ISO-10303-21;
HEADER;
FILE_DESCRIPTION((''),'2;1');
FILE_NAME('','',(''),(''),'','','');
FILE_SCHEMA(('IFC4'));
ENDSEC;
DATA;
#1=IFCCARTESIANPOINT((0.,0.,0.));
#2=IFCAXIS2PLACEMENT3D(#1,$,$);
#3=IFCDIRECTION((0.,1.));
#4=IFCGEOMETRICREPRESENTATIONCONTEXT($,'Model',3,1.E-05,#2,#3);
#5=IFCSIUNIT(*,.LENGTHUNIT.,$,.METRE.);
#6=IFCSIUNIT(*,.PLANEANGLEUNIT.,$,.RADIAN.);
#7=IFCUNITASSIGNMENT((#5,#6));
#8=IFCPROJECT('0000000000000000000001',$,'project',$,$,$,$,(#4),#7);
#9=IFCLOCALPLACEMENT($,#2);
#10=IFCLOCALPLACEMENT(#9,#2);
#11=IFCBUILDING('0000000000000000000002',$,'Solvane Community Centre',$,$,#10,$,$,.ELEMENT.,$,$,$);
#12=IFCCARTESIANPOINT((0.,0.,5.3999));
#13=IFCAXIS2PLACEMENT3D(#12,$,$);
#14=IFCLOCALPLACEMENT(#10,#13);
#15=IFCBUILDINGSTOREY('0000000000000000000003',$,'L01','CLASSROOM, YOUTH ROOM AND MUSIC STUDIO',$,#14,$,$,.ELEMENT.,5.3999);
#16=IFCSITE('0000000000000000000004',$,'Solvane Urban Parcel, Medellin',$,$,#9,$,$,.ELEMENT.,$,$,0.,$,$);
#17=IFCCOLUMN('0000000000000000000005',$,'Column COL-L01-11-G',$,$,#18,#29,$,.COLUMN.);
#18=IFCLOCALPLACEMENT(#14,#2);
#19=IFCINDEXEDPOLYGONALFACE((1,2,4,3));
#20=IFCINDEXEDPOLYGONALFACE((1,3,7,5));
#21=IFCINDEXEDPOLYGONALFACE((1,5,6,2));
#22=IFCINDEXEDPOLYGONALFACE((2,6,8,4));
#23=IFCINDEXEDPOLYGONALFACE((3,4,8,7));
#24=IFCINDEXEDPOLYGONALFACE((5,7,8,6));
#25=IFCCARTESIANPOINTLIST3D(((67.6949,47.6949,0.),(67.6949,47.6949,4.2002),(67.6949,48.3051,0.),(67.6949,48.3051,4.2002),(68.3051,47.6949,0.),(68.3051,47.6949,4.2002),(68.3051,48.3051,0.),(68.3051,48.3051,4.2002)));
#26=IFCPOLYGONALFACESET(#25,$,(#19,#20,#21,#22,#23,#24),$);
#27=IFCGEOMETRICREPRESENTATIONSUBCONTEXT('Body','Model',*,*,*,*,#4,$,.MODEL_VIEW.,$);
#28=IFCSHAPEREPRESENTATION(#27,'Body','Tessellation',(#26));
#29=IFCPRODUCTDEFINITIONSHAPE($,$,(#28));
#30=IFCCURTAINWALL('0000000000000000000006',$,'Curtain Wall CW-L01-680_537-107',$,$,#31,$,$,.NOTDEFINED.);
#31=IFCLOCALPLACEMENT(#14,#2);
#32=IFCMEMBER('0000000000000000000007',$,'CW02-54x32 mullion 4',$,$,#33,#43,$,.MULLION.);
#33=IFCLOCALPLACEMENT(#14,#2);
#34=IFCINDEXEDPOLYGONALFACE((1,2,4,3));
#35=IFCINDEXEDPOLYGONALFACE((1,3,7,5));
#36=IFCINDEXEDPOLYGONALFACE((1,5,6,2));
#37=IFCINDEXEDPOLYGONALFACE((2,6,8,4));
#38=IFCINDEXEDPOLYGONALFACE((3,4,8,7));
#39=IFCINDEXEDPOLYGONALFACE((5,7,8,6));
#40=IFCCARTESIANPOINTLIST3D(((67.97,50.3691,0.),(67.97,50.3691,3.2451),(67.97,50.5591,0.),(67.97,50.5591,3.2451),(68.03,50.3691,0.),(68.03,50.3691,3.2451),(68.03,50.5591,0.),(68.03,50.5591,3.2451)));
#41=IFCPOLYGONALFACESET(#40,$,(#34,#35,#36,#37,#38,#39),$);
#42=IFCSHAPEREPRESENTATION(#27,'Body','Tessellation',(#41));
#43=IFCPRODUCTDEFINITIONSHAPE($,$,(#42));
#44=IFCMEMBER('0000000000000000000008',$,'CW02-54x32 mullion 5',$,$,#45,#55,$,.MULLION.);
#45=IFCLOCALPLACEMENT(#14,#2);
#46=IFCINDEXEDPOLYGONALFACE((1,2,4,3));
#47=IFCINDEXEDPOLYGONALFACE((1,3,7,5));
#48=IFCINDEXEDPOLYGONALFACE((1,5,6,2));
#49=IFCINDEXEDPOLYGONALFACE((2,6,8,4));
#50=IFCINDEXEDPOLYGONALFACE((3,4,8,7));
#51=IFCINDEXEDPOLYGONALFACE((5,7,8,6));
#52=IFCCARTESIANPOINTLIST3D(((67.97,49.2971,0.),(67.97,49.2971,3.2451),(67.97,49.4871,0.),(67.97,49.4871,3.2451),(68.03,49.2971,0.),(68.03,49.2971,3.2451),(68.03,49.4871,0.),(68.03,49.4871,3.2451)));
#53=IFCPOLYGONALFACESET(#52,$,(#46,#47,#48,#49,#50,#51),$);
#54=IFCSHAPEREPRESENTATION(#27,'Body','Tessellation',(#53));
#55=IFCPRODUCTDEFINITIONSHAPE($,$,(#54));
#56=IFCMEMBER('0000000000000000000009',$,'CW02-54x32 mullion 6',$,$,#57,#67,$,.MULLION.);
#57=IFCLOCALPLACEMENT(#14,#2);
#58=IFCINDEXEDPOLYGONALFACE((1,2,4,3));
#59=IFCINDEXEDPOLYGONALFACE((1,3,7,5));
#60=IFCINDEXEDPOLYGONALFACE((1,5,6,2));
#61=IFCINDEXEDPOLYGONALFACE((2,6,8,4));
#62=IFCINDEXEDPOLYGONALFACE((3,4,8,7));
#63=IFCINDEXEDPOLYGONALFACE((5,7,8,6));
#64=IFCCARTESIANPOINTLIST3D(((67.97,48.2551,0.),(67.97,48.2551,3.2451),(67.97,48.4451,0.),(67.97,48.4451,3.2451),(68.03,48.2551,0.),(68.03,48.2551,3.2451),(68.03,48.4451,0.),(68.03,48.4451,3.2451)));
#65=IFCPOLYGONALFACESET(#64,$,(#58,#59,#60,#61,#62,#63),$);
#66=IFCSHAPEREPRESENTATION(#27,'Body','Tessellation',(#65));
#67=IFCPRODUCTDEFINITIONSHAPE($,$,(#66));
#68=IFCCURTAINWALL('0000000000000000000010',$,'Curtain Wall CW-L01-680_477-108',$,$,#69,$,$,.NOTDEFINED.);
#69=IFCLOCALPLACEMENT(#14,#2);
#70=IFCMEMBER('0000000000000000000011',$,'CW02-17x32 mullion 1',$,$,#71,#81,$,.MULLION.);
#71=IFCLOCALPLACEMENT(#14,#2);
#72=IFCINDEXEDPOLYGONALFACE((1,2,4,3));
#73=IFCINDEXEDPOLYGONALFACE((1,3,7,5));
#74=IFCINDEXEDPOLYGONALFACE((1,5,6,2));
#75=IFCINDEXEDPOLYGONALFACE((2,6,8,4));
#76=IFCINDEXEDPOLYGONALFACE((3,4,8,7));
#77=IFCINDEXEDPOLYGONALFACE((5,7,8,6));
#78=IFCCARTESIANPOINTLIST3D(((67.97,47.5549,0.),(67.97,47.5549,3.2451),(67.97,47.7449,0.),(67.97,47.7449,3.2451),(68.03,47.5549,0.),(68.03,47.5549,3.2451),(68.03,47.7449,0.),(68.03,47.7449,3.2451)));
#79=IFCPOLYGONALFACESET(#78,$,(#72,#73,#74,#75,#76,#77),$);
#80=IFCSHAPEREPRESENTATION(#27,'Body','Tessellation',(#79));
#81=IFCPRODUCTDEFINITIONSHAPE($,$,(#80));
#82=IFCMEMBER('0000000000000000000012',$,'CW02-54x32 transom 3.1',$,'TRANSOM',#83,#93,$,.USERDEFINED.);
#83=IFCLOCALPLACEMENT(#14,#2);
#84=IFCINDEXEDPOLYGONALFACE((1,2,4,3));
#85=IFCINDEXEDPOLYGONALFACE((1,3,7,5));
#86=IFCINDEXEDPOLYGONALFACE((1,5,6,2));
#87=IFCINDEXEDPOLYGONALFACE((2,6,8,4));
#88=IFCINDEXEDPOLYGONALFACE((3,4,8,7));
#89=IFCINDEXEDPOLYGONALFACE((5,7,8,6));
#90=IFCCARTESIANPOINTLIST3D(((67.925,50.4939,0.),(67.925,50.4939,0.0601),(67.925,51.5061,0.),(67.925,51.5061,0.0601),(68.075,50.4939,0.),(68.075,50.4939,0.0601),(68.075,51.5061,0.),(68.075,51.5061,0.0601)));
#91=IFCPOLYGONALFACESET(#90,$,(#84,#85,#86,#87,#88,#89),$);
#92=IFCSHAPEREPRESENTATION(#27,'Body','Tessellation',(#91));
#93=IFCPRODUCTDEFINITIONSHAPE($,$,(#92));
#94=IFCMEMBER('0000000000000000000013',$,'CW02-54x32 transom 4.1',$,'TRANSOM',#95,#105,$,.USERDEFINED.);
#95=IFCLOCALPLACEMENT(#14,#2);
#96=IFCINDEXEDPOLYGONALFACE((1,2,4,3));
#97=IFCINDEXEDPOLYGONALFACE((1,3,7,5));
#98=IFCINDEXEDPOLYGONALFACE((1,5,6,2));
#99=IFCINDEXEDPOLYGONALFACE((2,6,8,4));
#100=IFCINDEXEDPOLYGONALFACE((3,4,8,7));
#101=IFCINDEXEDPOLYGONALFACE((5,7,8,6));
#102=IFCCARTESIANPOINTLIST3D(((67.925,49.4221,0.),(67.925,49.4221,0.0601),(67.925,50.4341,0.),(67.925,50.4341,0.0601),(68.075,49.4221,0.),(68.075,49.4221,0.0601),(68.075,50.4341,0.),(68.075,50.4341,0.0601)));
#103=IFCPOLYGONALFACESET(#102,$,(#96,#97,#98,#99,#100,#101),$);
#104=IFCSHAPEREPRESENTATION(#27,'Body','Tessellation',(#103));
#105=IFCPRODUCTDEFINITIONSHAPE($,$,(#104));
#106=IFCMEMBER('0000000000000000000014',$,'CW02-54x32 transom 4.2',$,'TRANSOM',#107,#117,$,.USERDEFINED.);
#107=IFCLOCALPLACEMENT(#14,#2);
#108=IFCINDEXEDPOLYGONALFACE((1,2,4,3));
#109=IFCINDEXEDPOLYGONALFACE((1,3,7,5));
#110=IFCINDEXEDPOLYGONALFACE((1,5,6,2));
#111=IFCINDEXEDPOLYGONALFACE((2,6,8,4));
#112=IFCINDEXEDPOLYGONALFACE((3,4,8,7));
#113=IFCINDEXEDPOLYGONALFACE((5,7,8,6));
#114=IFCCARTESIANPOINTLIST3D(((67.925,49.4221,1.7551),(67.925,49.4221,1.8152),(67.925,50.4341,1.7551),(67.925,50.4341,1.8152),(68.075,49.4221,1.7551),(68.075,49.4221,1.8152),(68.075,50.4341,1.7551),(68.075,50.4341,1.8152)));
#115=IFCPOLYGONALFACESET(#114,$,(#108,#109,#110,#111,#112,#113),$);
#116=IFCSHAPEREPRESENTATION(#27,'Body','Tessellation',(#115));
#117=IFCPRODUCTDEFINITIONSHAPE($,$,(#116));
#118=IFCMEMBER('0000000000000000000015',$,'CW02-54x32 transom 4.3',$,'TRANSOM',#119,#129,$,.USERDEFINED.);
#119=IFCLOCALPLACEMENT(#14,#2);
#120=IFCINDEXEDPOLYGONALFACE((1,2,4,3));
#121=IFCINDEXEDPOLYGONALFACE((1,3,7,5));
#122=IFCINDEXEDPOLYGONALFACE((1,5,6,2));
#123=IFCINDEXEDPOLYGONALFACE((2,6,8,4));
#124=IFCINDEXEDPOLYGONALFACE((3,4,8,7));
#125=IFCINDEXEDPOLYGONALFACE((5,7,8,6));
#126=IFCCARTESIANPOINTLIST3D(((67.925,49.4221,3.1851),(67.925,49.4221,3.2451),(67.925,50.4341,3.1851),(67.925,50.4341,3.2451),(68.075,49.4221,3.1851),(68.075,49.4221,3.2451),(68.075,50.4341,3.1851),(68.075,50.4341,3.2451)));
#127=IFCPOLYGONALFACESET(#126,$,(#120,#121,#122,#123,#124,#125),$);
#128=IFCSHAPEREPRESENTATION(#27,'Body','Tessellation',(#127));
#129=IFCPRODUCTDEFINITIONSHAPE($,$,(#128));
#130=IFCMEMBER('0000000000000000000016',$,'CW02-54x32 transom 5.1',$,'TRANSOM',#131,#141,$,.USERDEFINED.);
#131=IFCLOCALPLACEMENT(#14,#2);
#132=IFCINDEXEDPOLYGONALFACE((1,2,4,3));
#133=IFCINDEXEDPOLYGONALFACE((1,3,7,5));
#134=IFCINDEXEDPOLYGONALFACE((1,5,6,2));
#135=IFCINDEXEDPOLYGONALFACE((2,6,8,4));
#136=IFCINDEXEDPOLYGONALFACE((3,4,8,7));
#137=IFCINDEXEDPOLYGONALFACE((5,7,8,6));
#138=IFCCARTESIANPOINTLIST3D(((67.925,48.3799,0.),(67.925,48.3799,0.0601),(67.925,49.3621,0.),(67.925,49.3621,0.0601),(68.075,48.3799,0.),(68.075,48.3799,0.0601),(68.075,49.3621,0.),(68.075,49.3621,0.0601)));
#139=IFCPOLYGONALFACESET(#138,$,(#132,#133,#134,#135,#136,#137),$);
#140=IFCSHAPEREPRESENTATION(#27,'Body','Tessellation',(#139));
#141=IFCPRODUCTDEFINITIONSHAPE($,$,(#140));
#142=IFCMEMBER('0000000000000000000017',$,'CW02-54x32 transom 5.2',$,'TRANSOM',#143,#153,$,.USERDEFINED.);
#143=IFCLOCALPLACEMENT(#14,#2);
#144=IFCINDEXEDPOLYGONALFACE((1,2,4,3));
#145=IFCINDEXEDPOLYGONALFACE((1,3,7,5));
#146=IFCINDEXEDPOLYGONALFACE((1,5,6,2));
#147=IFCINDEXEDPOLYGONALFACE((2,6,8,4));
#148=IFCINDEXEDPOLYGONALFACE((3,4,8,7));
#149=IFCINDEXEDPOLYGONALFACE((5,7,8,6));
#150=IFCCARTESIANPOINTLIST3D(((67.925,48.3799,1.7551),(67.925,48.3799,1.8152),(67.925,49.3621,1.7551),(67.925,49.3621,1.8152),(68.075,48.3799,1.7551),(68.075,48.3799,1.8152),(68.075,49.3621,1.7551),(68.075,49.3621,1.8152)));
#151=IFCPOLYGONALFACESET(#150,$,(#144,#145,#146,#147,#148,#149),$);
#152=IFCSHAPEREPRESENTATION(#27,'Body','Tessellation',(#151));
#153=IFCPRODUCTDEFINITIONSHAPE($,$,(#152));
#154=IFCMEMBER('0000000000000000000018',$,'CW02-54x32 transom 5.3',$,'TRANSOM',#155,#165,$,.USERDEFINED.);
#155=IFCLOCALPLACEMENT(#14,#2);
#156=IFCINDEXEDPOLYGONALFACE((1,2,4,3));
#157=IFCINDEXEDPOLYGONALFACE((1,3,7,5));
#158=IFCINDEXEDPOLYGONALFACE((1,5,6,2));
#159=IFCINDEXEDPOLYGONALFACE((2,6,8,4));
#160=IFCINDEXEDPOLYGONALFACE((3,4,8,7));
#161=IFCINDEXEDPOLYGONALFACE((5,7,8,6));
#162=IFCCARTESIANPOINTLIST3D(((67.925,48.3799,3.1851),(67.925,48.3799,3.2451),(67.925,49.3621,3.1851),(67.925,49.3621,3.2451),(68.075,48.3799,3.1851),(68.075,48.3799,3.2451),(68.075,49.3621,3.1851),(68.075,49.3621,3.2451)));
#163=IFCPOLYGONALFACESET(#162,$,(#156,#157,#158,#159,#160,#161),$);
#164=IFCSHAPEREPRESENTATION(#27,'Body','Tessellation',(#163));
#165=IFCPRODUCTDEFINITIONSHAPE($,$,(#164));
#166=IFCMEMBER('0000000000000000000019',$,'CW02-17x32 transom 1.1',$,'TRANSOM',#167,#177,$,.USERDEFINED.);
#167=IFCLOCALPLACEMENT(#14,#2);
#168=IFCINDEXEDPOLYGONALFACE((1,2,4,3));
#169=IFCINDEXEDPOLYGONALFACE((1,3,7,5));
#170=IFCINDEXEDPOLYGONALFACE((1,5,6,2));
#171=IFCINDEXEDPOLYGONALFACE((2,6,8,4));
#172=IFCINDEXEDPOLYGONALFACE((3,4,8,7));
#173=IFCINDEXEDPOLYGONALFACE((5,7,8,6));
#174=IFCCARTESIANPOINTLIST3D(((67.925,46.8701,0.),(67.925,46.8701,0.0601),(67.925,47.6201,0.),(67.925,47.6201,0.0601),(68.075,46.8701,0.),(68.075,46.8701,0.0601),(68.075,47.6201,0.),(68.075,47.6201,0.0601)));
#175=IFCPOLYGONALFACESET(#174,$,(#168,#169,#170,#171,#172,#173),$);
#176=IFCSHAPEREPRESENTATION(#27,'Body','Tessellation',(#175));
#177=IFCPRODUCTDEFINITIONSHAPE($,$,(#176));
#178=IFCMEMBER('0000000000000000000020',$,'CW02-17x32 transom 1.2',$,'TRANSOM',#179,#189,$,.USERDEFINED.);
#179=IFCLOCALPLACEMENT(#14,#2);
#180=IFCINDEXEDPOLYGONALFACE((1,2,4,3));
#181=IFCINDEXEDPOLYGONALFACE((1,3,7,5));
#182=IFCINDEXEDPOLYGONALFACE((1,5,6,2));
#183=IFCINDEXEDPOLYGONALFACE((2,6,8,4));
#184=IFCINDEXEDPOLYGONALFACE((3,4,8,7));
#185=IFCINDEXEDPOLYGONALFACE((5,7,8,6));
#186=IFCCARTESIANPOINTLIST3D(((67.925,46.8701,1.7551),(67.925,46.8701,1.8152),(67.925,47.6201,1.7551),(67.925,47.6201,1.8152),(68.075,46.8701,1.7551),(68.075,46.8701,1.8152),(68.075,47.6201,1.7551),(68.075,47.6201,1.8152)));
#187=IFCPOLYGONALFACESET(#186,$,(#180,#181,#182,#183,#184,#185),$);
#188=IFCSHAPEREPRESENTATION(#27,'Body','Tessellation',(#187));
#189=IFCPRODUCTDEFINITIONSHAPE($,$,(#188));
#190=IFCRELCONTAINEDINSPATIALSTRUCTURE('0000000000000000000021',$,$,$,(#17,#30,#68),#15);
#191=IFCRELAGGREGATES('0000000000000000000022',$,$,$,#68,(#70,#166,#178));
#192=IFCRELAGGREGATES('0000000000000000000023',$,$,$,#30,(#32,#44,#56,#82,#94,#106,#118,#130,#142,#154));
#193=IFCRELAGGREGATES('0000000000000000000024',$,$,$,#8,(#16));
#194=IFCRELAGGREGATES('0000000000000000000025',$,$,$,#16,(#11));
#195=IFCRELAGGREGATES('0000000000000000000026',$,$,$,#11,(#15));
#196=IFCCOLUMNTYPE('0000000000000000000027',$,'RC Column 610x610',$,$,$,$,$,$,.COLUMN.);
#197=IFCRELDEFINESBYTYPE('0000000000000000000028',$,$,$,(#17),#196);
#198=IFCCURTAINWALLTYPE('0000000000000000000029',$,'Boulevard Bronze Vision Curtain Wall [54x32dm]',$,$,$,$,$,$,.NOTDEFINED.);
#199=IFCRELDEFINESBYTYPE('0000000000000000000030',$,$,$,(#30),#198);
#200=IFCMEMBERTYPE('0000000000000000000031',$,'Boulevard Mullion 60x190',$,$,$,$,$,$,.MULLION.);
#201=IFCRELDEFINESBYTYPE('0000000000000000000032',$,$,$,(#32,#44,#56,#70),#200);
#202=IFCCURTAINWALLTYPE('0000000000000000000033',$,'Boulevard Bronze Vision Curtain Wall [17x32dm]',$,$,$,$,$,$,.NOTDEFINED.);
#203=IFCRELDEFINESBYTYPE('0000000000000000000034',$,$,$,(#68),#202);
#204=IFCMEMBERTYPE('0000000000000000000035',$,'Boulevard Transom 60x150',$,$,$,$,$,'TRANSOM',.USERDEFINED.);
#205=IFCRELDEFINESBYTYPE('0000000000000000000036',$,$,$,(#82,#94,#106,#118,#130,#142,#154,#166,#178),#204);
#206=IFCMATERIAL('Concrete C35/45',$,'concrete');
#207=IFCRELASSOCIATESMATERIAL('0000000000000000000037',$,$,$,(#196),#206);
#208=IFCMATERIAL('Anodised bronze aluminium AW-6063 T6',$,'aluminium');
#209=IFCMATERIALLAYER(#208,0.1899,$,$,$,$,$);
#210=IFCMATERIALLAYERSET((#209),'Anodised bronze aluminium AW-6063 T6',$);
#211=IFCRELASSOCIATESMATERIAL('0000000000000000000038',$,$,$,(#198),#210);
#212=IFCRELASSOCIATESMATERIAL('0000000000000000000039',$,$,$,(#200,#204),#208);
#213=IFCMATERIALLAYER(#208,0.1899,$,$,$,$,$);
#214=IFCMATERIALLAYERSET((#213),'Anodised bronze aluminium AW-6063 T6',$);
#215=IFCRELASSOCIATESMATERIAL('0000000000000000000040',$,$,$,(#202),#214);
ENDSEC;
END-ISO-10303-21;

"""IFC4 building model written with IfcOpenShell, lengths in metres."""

from ifc_helpers import new_model, si_unit, direction, frame, origin, origin_2d, place, context, subcontext, project, spatial, rectangle, extrude, material, layer, layer_set, material_profile, profile_set, type_object, element, aggregate, save


model = new_model("IFC4")

# Units and contexts
model_context = context("Model", 3, precision=1e-05, world=origin(), true_north=direction((0.0, 1.0)))
body_context = subcontext(model_context, "Body", "Model", "MODEL_VIEW")
ifc_project = project(units=[si_unit("LENGTHUNIT", "METRE"), si_unit("PLANEANGLEUNIT", "RADIAN")], contexts=[model_context])

# Site, building, storey
site_placement = place(None, origin())
site = spatial("IfcSite", under=ifc_project, at=site_placement, Name="Solvane Urban Parcel, Medellin", CompositionType="ELEMENT", RefElevation=0.0)
building_placement = place(site_placement, origin())
building = spatial("IfcBuilding", under=site, at=building_placement, Name="Solvane Community Centre", CompositionType="ELEMENT")
storey_placement = place(building_placement, frame((0.0, 0.0, 5.3999)))
storey = spatial("IfcBuildingStorey", under=building, at=storey_placement, Name="L01", Description="CLASSROOM, YOUTH ROOM AND MUSIC STUDIO", CompositionType="ELEMENT", Elevation=5.3999)

# Column
ifc_material_1 = material(Name="Concrete C35/45", Category="concrete")
ifc_material_profile_1 = material_profile(ifc_material_1, rectangle(XDim=0.6101, YDim=0.6101, at=origin_2d()), Name="RC 610x610")
ifc_profile_set_1 = profile_set([ifc_material_profile_1], Name="Concrete C35/45")
column_type = type_object("IfcColumnType", Name="RC Column 610x610", PredefinedType="COLUMN", material=ifc_profile_set_1)
column_placement = place(storey_placement, frame((68.0, 48.0, 0.0), z_axis=(0.0, 0.0, 1.0), x_axis=(1.0, 0.0, 0.0)))
element("IfcColumn", 1, at=column_placement, inside=storey, type_object=column_type, Name="Column COL-L01-11-G", PredefinedType="COLUMN", context=body_context, shape_type="SweptSolid", body=[
    extrude(rectangle(XDim=0.6101, YDim=0.6101, at=origin_2d()), origin(), (0.0, 0.0, 1.0), 4.2002),
])

# Curtain wall, members
ifc_material_2 = material(Name="Anodised bronze aluminium AW-6063 T6", Category="aluminium")
ifc_layer_1 = layer(ifc_material_2, 0.1899)
ifc_layer_set_1 = layer_set([ifc_layer_1], Name="Anodised bronze aluminium AW-6063 T6")
curtain_wall_type_1 = type_object("IfcCurtainWallType", Name="Boulevard Bronze Vision Curtain Wall [54x32dm]", PredefinedType="NOTDEFINED", material=ifc_layer_set_1)
curtain_wall_1_placement = place(storey_placement, origin())
curtain_wall_1 = element("IfcCurtainWall", 2, at=curtain_wall_1_placement, inside=storey, type_object=curtain_wall_type_1, Name="Curtain Wall CW-L01-680_537-107", PredefinedType="NOTDEFINED")
ifc_material_profile_2 = material_profile(ifc_material_2, rectangle(XDim=0.0601, YDim=0.1899, at=origin_2d()), Name="CW-M 60x190")
ifc_profile_set_2 = profile_set([ifc_material_profile_2], Name="Anodised bronze aluminium AW-6063 T6")
member_type_1 = type_object("IfcMemberType", Name="Boulevard Mullion 60x190", PredefinedType="MULLION", material=ifc_profile_set_2)
member_1_placement = place(storey_placement, frame((68.0, 50.4641, 0.0), z_axis=(0.0, 0.0, 1.0), x_axis=(1.0, 0.0, 0.0)))
member_1 = element("IfcMember", 3, at=member_1_placement, type_object=member_type_1, Name="CW02-54x32 mullion 4", PredefinedType="MULLION", context=body_context, shape_type="SweptSolid", body=[
    extrude(rectangle(XDim=0.0601, YDim=0.1899, at=origin_2d()), origin(), (0.0, 0.0, 1.0), 3.2451),
])
member_2_placement = place(storey_placement, frame((68.0, 49.3921, 0.0), z_axis=(0.0, 0.0, 1.0), x_axis=(1.0, 0.0, 0.0)))
member_2 = element("IfcMember", 4, at=member_2_placement, type_object=member_type_1, Name="CW02-54x32 mullion 5", PredefinedType="MULLION", context=body_context, shape_type="SweptSolid", body=[
    extrude(rectangle(XDim=0.0601, YDim=0.1899, at=origin_2d()), origin(), (0.0, 0.0, 1.0), 3.2451),
])
member_3_placement = place(storey_placement, frame((68.0, 48.3501, 0.0), z_axis=(0.0, 0.0, 1.0), x_axis=(1.0, 0.0, 0.0)))
member_3 = element("IfcMember", 5, at=member_3_placement, type_object=member_type_1, Name="CW02-54x32 mullion 6", PredefinedType="MULLION", context=body_context, shape_type="SweptSolid", body=[
    extrude(rectangle(XDim=0.0601, YDim=0.1899, at=origin_2d()), origin(), (0.0, 0.0, 1.0), 3.2451),
])

# Curtain wall, member
ifc_layer_2 = layer(ifc_material_2, 0.1899)
ifc_layer_set_2 = layer_set([ifc_layer_2], Name="Anodised bronze aluminium AW-6063 T6")
curtain_wall_type_2 = type_object("IfcCurtainWallType", Name="Boulevard Bronze Vision Curtain Wall [17x32dm]", PredefinedType="NOTDEFINED", material=ifc_layer_set_2)
curtain_wall_2_placement = place(storey_placement, origin())
curtain_wall_2 = element("IfcCurtainWall", 6, at=curtain_wall_2_placement, inside=storey, type_object=curtain_wall_type_2, Name="Curtain Wall CW-L01-680_477-108", PredefinedType="NOTDEFINED")
member_4_placement = place(storey_placement, frame((68.0, 47.6499, 0.0), z_axis=(0.0, 0.0, 1.0), x_axis=(1.0, 0.0, 0.0)))
member_4 = element("IfcMember", 7, at=member_4_placement, type_object=member_type_1, Name="CW02-17x32 mullion 1", PredefinedType="MULLION", context=body_context, shape_type="SweptSolid", body=[
    extrude(rectangle(XDim=0.0601, YDim=0.1899, at=origin_2d()), origin(), (0.0, 0.0, 1.0), 3.2451),
])

# Members
ifc_material_profile_3 = material_profile(ifc_material_2, rectangle(XDim=0.1499, YDim=0.0601, at=origin_2d()), Name="CW-T 60x150")
ifc_profile_set_3 = profile_set([ifc_material_profile_3], Name="Anodised bronze aluminium AW-6063 T6")
member_type_2 = type_object("IfcMemberType", Name="Boulevard Transom 60x150", ElementType="TRANSOM", PredefinedType="USERDEFINED", material=ifc_profile_set_3)
member_5_placement = place(storey_placement, frame((68.0, 51.5061, 0.03), z_axis=(0.0, -1.0, 0.0), x_axis=(1.0, 0.0, 0.0)))
member_5 = element("IfcMember", 8, at=member_5_placement, type_object=member_type_2, Name="CW02-54x32 transom 3.1", ObjectType="TRANSOM", PredefinedType="USERDEFINED", context=body_context, shape_type="SweptSolid", body=[
    extrude(rectangle(XDim=0.1499, YDim=0.0601, at=origin_2d()), origin(), (0.0, 0.0, 1.0), 1.0122),
])
member_6_placement = place(storey_placement, frame((68.0, 50.4341, 0.03), z_axis=(0.0, -1.0, 0.0), x_axis=(1.0, 0.0, 0.0)))
member_6 = element("IfcMember", 9, at=member_6_placement, type_object=member_type_2, Name="CW02-54x32 transom 4.1", ObjectType="TRANSOM", PredefinedType="USERDEFINED", context=body_context, shape_type="SweptSolid", body=[
    extrude(rectangle(XDim=0.1499, YDim=0.0601, at=origin_2d()), origin(), (0.0, 0.0, 1.0), 1.012),
])
member_7_placement = place(storey_placement, frame((68.0, 50.4341, 1.7852), z_axis=(0.0, -1.0, 0.0), x_axis=(1.0, 0.0, 0.0)))
member_7 = element("IfcMember", 10, at=member_7_placement, type_object=member_type_2, Name="CW02-54x32 transom 4.2", ObjectType="TRANSOM", PredefinedType="USERDEFINED", context=body_context, shape_type="SweptSolid", body=[
    extrude(rectangle(XDim=0.1499, YDim=0.0601, at=origin_2d()), origin(), (0.0, 0.0, 1.0), 1.012),
])
member_8_placement = place(storey_placement, frame((68.0, 50.4341, 3.2151), z_axis=(0.0, -1.0, 0.0), x_axis=(1.0, 0.0, 0.0)))
member_8 = element("IfcMember", 11, at=member_8_placement, type_object=member_type_2, Name="CW02-54x32 transom 4.3", ObjectType="TRANSOM", PredefinedType="USERDEFINED", context=body_context, shape_type="SweptSolid", body=[
    extrude(rectangle(XDim=0.1499, YDim=0.0601, at=origin_2d()), origin(), (0.0, 0.0, 1.0), 1.012),
])
member_9_placement = place(storey_placement, frame((68.0, 49.3621, 0.03), z_axis=(0.0, -1.0, 0.0), x_axis=(1.0, 0.0, 0.0)))
member_9 = element("IfcMember", 12, at=member_9_placement, type_object=member_type_2, Name="CW02-54x32 transom 5.1", ObjectType="TRANSOM", PredefinedType="USERDEFINED", context=body_context, shape_type="SweptSolid", body=[
    extrude(rectangle(XDim=0.1499, YDim=0.0601, at=origin_2d()), origin(), (0.0, 0.0, 1.0), 0.9822),
])
member_10_placement = place(storey_placement, frame((68.0, 49.3621, 1.7852), z_axis=(0.0, -1.0, 0.0), x_axis=(1.0, 0.0, 0.0)))
member_10 = element("IfcMember", 13, at=member_10_placement, type_object=member_type_2, Name="CW02-54x32 transom 5.2", ObjectType="TRANSOM", PredefinedType="USERDEFINED", context=body_context, shape_type="SweptSolid", body=[
    extrude(rectangle(XDim=0.1499, YDim=0.0601, at=origin_2d()), origin(), (0.0, 0.0, 1.0), 0.9822),
])
member_11_placement = place(storey_placement, frame((68.0, 49.3621, 3.2151), z_axis=(0.0, -1.0, 0.0), x_axis=(1.0, 0.0, 0.0)))
member_11 = element("IfcMember", 14, at=member_11_placement, type_object=member_type_2, Name="CW02-54x32 transom 5.3", ObjectType="TRANSOM", PredefinedType="USERDEFINED", context=body_context, shape_type="SweptSolid", body=[
    extrude(rectangle(XDim=0.1499, YDim=0.0601, at=origin_2d()), origin(), (0.0, 0.0, 1.0), 0.9822),
])
member_12_placement = place(storey_placement, frame((68.0, 47.6201, 0.03), z_axis=(0.0, -1.0, 0.0), x_axis=(1.0, 0.0, 0.0)))
member_12 = element("IfcMember", 15, at=member_12_placement, type_object=member_type_2, Name="CW02-17x32 transom 1.1", ObjectType="TRANSOM", PredefinedType="USERDEFINED", context=body_context, shape_type="SweptSolid", body=[
    extrude(rectangle(XDim=0.1499, YDim=0.0601, at=origin_2d()), origin(), (0.0, 0.0, 1.0), 0.75),
])
member_13_placement = place(storey_placement, frame((68.0, 47.6201, 1.7852), z_axis=(0.0, -1.0, 0.0), x_axis=(1.0, 0.0, 0.0)))
member_13 = element("IfcMember", 16, at=member_13_placement, type_object=member_type_2, Name="CW02-17x32 transom 1.2", ObjectType="TRANSOM", PredefinedType="USERDEFINED", context=body_context, shape_type="SweptSolid", body=[
    extrude(rectangle(XDim=0.1499, YDim=0.0601, at=origin_2d()), origin(), (0.0, 0.0, 1.0), 0.75),
])
aggregate(curtain_wall_2, [member_4, member_12, member_13])

aggregate(curtain_wall_1, [member_1, member_2, member_3, member_5, member_6, member_7, member_8, member_9, member_10, member_11])

save(model, "model.ifc")
